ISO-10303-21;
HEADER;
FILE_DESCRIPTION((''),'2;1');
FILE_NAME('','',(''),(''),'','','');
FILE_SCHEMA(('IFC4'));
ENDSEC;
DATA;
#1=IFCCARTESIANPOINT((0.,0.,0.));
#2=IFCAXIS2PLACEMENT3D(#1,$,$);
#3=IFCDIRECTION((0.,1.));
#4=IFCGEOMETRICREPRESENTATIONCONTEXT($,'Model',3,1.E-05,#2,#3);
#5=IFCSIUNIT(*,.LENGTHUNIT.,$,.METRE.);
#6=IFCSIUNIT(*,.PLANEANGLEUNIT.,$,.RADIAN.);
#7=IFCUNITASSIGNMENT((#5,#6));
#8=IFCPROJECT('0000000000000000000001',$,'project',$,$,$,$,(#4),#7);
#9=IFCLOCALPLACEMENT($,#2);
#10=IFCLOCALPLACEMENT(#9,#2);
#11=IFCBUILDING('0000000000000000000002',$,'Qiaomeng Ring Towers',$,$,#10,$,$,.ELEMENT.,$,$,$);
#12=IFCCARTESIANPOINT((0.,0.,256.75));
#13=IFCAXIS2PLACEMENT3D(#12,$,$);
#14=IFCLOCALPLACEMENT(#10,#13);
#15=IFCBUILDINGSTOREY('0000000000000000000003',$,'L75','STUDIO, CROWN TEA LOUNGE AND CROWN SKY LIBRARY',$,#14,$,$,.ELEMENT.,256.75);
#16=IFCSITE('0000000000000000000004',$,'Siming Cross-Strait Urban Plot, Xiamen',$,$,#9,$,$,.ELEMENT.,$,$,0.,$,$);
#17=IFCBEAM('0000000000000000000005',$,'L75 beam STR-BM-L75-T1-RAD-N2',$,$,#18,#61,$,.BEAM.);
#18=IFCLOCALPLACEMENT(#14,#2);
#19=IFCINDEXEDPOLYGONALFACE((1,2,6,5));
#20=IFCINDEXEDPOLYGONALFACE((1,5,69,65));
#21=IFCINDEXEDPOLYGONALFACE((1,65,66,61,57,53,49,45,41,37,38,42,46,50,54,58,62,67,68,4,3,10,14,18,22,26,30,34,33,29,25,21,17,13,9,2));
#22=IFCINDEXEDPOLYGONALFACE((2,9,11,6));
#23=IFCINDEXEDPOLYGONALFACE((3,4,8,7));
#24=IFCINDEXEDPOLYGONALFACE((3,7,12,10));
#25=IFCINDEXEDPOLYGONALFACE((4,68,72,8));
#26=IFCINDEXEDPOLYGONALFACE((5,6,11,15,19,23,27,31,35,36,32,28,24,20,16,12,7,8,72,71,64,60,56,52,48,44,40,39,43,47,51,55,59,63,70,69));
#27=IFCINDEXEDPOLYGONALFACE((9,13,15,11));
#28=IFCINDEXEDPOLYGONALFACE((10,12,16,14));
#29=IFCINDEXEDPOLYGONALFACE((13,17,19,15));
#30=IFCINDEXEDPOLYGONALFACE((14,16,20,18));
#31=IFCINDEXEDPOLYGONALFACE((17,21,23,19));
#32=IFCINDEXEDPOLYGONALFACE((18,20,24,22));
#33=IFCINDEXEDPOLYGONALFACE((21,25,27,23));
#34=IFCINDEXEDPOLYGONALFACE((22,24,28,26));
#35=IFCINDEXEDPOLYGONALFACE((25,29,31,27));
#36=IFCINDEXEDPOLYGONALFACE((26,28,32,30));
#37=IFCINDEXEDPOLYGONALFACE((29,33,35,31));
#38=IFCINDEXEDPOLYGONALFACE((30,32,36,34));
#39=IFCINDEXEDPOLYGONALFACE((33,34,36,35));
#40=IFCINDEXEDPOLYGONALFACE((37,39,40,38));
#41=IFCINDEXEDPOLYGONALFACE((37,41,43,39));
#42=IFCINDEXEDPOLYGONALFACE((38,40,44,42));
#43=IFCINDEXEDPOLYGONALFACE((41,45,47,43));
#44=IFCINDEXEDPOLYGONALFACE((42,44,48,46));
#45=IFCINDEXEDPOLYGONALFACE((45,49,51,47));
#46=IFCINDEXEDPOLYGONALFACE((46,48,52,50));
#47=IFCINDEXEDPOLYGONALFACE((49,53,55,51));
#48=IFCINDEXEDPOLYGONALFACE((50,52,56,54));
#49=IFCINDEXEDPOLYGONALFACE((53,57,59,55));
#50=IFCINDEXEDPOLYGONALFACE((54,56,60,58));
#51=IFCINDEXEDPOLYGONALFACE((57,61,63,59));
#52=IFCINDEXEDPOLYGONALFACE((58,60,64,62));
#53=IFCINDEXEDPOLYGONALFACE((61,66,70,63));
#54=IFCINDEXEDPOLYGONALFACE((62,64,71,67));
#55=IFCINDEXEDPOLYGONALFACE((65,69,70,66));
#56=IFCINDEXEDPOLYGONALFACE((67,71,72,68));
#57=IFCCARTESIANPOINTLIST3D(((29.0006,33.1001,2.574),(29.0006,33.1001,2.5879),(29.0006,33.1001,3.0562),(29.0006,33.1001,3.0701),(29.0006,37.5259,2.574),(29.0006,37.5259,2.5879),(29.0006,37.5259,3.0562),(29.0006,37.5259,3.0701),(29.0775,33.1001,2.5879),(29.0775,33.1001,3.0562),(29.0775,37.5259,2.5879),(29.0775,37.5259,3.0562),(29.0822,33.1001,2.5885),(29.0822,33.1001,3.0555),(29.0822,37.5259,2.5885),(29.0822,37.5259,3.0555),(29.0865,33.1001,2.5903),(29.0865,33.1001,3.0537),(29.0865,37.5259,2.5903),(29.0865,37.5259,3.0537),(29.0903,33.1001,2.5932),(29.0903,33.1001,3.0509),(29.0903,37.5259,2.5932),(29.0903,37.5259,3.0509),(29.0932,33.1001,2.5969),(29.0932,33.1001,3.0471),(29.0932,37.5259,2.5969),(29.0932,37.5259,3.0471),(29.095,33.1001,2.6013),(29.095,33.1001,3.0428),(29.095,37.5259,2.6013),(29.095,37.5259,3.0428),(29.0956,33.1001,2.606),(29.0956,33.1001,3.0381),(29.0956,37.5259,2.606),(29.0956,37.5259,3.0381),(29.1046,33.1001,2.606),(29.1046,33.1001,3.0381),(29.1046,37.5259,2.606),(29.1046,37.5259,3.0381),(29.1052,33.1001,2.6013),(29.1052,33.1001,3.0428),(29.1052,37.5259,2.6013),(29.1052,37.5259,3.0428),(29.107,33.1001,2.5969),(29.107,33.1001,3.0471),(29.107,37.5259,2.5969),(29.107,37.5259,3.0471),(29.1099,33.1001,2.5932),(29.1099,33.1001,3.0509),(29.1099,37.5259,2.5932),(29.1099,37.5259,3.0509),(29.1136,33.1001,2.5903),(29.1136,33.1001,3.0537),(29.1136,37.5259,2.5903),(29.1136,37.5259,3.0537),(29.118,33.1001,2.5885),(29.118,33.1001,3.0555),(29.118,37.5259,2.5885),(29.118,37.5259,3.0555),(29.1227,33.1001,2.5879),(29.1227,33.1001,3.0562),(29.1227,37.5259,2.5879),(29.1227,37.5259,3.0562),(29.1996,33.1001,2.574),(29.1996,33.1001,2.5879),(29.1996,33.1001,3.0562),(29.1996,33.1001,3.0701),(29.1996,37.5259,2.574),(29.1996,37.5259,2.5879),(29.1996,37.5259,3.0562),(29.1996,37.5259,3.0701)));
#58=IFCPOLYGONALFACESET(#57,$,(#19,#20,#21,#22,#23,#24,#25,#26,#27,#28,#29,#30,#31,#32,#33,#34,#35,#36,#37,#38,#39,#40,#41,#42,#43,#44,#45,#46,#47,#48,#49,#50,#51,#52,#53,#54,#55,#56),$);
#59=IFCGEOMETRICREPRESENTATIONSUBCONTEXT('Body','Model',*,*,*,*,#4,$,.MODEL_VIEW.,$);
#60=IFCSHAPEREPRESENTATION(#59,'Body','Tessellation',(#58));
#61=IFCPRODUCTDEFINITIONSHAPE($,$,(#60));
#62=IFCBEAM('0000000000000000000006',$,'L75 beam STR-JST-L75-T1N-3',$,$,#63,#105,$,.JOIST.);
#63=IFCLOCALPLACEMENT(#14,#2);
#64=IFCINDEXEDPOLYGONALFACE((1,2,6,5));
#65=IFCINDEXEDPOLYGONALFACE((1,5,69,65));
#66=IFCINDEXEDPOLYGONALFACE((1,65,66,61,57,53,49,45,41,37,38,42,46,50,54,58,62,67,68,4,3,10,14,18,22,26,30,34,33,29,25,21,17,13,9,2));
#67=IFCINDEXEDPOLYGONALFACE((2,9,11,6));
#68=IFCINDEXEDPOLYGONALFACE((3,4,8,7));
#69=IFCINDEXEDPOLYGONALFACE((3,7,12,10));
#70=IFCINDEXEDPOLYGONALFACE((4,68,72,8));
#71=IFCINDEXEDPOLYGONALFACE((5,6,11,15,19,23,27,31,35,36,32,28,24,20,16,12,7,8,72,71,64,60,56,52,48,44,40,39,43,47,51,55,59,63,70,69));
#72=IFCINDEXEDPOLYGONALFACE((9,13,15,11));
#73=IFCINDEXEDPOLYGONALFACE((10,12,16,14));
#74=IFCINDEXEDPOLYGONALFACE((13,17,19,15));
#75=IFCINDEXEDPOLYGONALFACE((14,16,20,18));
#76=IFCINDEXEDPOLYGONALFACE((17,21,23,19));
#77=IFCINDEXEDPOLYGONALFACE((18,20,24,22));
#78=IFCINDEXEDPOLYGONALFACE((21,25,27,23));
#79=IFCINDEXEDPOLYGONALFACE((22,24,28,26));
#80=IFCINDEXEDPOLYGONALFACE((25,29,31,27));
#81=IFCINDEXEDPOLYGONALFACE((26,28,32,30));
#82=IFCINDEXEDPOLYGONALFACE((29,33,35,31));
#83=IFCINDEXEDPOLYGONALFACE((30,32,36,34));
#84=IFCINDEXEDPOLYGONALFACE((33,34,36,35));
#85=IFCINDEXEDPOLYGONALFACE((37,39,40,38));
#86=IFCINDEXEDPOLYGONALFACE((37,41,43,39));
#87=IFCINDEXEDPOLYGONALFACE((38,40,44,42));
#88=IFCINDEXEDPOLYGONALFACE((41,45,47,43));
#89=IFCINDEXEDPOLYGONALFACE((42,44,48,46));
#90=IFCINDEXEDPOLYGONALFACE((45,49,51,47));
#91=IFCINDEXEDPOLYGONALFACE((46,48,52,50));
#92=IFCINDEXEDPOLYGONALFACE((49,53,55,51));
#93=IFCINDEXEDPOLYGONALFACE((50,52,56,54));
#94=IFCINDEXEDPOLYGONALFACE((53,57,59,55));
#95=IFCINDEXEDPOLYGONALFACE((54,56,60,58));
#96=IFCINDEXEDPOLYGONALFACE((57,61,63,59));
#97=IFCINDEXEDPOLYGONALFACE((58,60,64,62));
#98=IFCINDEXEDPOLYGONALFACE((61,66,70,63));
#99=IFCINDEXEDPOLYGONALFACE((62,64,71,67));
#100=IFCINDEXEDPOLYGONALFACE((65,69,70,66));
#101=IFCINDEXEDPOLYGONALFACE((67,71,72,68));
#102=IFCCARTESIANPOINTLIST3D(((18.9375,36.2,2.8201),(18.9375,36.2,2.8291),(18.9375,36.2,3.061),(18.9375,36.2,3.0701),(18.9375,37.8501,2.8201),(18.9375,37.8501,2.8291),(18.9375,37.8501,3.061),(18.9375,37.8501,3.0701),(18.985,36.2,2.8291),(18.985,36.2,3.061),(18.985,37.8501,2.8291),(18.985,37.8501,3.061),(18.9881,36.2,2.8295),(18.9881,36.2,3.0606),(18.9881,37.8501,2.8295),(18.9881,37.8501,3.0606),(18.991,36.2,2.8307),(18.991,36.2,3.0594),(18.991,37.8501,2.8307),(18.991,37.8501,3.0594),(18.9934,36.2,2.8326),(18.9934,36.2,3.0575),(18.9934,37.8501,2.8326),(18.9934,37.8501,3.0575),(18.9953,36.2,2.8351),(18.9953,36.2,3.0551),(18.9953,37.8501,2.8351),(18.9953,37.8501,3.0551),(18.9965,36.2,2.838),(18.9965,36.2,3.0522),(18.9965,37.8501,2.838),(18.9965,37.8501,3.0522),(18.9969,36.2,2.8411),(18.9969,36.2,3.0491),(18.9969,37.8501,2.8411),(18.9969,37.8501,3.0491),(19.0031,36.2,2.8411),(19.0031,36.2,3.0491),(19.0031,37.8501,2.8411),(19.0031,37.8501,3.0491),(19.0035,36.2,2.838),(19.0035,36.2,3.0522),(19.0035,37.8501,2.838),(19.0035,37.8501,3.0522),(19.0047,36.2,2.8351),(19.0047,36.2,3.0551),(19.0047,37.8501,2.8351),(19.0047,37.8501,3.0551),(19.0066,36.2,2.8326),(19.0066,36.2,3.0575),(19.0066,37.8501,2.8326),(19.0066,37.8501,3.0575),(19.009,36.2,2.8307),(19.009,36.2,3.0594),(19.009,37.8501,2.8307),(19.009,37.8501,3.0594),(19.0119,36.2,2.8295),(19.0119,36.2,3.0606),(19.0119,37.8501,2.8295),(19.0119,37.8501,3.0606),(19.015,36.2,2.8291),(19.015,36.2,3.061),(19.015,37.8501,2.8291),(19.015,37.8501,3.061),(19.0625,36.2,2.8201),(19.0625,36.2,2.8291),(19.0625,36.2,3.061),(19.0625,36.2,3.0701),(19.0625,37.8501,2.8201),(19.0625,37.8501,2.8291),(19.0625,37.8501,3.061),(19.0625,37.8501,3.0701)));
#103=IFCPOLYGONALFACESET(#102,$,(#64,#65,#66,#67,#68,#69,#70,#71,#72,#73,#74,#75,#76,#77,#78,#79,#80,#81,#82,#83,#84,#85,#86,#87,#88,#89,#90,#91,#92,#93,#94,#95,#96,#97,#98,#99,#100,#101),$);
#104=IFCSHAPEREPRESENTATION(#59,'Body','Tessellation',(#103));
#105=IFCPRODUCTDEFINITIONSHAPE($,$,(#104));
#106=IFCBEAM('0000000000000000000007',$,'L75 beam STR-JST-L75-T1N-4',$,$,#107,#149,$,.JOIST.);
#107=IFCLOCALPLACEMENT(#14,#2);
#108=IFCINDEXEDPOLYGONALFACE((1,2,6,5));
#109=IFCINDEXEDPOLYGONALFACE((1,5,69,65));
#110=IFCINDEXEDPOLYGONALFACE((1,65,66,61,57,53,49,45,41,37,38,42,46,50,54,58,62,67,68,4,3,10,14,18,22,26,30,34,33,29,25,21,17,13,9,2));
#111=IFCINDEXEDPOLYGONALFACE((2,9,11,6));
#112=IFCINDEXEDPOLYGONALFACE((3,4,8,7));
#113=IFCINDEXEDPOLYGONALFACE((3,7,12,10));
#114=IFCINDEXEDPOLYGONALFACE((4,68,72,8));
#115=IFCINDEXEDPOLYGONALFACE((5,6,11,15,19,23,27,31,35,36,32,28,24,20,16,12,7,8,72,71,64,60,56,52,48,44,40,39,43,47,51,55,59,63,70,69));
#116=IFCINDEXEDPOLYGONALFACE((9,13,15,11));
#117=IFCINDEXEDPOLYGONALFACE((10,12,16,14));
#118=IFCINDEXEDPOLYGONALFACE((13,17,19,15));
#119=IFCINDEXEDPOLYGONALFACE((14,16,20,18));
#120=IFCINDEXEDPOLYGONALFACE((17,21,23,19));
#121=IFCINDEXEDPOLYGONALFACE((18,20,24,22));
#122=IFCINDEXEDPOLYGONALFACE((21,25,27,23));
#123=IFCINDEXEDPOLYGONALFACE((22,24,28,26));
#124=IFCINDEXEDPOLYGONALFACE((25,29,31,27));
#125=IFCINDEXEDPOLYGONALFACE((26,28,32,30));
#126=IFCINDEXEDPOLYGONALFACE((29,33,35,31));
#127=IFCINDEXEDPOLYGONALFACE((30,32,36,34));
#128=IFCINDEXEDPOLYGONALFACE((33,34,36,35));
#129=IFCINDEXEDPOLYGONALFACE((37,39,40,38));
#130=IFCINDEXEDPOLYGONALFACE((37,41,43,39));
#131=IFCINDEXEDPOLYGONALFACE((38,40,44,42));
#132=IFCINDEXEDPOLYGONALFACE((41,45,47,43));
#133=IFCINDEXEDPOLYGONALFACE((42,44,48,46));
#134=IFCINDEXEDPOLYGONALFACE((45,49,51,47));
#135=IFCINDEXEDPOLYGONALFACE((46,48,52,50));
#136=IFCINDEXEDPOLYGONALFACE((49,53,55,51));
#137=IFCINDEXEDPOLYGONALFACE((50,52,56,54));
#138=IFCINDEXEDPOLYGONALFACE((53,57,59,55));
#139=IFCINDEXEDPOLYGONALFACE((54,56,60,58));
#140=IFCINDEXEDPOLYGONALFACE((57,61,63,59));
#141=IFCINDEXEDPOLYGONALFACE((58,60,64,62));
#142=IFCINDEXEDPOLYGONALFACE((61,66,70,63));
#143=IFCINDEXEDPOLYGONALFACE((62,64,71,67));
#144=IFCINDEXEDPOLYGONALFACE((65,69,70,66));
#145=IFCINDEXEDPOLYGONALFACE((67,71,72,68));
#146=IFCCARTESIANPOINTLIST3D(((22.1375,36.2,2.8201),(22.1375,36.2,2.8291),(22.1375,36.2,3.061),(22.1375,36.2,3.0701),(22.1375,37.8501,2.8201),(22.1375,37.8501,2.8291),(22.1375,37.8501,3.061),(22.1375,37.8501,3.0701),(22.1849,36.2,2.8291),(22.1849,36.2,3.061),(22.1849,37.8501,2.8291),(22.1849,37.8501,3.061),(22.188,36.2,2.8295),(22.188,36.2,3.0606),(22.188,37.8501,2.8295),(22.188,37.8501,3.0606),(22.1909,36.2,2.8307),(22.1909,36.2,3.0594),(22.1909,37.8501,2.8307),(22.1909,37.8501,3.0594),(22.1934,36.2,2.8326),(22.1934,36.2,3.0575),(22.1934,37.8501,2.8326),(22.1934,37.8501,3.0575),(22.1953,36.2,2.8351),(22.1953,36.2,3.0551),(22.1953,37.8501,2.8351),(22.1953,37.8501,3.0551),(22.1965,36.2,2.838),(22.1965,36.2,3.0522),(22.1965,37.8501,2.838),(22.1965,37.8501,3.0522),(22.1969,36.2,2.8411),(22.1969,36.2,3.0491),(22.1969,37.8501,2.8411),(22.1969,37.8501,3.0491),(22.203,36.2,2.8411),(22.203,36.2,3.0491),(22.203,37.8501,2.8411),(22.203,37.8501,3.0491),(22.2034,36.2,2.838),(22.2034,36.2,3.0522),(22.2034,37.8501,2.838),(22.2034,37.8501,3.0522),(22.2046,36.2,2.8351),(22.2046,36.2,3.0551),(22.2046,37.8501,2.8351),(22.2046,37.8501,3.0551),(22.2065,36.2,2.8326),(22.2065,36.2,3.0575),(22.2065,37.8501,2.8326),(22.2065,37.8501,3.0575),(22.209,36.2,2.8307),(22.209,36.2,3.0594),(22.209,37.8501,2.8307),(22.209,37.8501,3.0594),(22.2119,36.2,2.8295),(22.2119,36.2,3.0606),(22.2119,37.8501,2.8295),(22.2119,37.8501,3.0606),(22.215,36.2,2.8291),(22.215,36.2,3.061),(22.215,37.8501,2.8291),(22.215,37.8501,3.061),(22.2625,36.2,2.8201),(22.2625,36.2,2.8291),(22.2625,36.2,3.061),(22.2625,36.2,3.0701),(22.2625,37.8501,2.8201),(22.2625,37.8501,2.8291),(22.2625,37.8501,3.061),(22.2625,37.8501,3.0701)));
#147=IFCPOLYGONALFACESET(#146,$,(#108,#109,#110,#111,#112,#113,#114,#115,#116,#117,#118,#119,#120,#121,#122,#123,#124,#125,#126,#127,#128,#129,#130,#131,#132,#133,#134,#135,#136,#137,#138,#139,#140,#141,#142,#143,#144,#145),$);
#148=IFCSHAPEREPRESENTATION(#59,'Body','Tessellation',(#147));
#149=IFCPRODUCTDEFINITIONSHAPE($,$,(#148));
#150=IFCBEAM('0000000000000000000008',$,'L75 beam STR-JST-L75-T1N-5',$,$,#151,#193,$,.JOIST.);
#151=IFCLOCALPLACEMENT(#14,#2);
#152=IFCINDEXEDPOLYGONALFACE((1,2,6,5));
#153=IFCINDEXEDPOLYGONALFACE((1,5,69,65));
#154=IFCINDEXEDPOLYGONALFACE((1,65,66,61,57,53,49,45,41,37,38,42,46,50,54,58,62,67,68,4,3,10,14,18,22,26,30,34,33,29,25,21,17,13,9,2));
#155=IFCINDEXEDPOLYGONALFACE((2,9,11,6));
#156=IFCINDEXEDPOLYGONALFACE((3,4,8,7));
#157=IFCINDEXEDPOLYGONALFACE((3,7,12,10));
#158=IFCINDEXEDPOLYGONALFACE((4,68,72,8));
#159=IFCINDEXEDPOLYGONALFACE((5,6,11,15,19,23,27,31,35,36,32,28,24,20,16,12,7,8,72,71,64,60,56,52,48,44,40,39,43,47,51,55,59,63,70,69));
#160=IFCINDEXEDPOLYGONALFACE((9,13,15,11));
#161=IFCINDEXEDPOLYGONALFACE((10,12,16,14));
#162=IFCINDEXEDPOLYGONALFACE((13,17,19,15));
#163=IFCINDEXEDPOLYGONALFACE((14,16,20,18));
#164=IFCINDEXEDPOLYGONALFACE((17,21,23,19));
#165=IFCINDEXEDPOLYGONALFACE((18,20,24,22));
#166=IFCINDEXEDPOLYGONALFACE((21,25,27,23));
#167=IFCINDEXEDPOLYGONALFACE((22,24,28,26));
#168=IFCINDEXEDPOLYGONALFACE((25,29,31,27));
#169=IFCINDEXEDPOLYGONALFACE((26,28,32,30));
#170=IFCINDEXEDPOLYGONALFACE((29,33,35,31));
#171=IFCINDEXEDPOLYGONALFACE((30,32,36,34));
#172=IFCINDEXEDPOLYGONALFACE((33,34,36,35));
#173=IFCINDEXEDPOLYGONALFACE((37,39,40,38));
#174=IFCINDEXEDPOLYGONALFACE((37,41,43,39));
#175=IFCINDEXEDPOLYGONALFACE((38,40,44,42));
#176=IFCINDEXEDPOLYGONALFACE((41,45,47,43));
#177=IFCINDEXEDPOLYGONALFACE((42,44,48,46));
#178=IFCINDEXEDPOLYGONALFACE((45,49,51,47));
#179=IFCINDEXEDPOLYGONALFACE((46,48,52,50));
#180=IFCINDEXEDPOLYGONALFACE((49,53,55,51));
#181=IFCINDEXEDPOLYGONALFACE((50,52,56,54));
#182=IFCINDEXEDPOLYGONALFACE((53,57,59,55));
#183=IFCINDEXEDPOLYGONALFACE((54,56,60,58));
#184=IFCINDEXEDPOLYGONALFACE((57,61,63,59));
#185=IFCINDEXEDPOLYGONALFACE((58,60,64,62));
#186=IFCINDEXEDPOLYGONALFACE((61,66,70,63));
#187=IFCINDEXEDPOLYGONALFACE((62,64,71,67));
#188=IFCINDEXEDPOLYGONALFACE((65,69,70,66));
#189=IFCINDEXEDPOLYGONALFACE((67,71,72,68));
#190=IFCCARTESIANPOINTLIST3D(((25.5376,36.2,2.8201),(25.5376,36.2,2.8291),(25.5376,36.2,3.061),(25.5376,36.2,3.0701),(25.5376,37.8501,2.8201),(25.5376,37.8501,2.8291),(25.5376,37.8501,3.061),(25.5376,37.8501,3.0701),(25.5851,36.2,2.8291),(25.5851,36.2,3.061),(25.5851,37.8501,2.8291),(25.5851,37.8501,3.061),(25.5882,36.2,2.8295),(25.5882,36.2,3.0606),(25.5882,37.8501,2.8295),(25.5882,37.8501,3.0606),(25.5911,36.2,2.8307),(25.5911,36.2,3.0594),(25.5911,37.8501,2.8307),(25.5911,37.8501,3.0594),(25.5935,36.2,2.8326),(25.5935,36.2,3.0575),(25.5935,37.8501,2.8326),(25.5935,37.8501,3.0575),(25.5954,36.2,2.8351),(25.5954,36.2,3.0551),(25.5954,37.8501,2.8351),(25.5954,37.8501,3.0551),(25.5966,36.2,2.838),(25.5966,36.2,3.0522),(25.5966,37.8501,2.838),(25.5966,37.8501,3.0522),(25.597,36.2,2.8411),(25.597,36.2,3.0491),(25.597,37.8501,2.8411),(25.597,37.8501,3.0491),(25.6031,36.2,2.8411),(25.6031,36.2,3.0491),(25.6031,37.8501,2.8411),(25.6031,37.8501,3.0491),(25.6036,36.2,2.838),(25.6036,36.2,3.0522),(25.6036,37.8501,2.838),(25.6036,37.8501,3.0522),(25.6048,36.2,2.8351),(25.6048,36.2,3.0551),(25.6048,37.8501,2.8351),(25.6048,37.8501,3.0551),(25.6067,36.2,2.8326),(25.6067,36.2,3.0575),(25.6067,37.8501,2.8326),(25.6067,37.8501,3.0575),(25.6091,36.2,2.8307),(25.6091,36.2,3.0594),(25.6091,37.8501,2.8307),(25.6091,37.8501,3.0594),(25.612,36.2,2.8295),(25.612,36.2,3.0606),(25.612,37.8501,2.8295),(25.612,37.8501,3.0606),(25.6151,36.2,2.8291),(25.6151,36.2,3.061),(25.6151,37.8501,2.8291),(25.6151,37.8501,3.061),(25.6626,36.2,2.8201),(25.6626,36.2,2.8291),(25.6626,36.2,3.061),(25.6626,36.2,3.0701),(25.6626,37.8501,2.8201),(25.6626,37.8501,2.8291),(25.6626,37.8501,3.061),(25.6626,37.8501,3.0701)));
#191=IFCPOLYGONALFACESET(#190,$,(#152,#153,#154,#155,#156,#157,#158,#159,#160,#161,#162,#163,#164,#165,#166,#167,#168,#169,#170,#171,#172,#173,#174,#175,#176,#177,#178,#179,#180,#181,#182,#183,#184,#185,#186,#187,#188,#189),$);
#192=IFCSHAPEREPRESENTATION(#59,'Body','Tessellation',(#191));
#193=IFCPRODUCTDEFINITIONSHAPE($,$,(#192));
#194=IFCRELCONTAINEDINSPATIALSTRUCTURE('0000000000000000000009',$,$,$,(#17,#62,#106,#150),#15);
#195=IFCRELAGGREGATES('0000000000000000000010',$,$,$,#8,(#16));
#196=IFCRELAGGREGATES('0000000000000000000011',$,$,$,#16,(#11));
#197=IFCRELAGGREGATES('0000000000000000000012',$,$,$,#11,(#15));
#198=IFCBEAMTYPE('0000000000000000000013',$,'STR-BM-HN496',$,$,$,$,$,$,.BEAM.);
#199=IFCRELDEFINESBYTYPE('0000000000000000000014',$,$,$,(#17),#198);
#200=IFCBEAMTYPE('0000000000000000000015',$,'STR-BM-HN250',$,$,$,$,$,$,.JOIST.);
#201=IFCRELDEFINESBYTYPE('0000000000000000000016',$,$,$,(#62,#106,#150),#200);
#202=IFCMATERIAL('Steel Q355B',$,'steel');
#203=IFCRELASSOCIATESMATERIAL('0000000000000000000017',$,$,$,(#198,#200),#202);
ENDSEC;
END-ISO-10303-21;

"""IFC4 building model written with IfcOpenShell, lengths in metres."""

from ifc_helpers import new_model, si_unit, direction, frame, origin, origin_2d, place, context, subcontext, project, spatial, i_section, extrude, source, transform, mapped, material, material_profile, profile_set, type_object, element, save


model = new_model("IFC4")

# Units and contexts
model_context = context("Model", 3, precision=1e-05, world=origin(), true_north=direction((0.0, 1.0)))
body_context = subcontext(model_context, "Body", "Model", "MODEL_VIEW")
ifc_project = project(units=[si_unit("LENGTHUNIT", "METRE"), si_unit("PLANEANGLEUNIT", "RADIAN")], contexts=[model_context])

# Site, building, storey
site_placement = place(None, origin())
site = spatial("IfcSite", under=ifc_project, at=site_placement, Name="Siming Cross-Strait Urban Plot, Xiamen", CompositionType="ELEMENT", RefElevation=0.0)
building_placement = place(site_placement, origin())
building = spatial("IfcBuilding", under=site, at=building_placement, Name="Qiaomeng Ring Towers", CompositionType="ELEMENT")
storey_placement = place(building_placement, frame((0.0, 0.0, 256.75)))
storey = spatial("IfcBuildingStorey", under=building, at=storey_placement, Name="L75", Description="STUDIO, CROWN TEA LOUNGE AND CROWN SKY LIBRARY", CompositionType="ELEMENT", Elevation=256.75)

# Beams
ifc_material_1 = material(Name="Steel Q355B", Category="steel")
ifc_material_profile_1 = material_profile(ifc_material_1, i_section(OverallWidth=0.199, OverallDepth=0.4961, WebThickness=0.009, FlangeThickness=0.0139, FilletRadius=0.0181, at=origin_2d()), Name="HN 496x199x9x14")
ifc_profile_set_1 = profile_set([ifc_material_profile_1], Name="Steel Q355B")
beam_type_1 = type_object("IfcBeamType", Name="STR-BM-HN496", PredefinedType="BEAM", material=ifc_profile_set_1)
shared_shape_1 = source(origin(), body_context, "Body", "SweptSolid", [
    extrude(i_section(OverallWidth=0.199, OverallDepth=0.4961, WebThickness=0.009, FlangeThickness=0.0139, FilletRadius=0.0181, at=origin_2d()), origin(), (0.0, 0.0, 1.0), 4.4258),
])
beam_1_placement = place(storey_placement, frame((29.1001, 37.5259, 2.822), z_axis=(0.0, -1.0, 0.0), x_axis=(1.0, 0.0, 0.0)))
element("IfcBeam", 1, at=beam_1_placement, inside=storey, type_object=beam_type_1, Name="L75 beam STR-BM-L75-T1-RAD-N2", PredefinedType="BEAM", context=body_context, shape_type="MappedRepresentation", body=[
    mapped(shared_shape_1, transform((0.0, 0.0, 0.0), x_axis=(1.0, 0.0, 0.0), y_axis=(0.0, 1.0, 0.0), z_axis=(0.0, 0.0, 1.0), scale=1.0)),
])
ifc_material_profile_2 = material_profile(ifc_material_1, i_section(OverallWidth=0.125, OverallDepth=0.25, WebThickness=0.0061, FlangeThickness=0.009, FilletRadius=0.012, at=origin_2d()), Name="HN 250x125x6x9")
ifc_profile_set_2 = profile_set([ifc_material_profile_2], Name="Steel Q355B")
beam_type_2 = type_object("IfcBeamType", Name="STR-BM-HN250", PredefinedType="JOIST", material=ifc_profile_set_2)
shared_shape_2 = source(origin(), body_context, "Body", "SweptSolid", [
    extrude(i_section(OverallWidth=0.125, OverallDepth=0.25, WebThickness=0.0061, FlangeThickness=0.009, FilletRadius=0.012, at=origin_2d()), origin(), (0.0, 0.0, 1.0), 1.6501),
])
for number, where, z_axis, x_axis, name in (
    (2, (19.0, 36.2, 2.9451), (0.0, 1.0, 0.0), (-1.0, 0.0, 0.0), "L75 beam STR-JST-L75-T1N-3"),
    (3, (22.2, 36.2, 2.9451), (0.0, 1.0, 0.0), (-1.0, 0.0, 0.0), "L75 beam STR-JST-L75-T1N-4"),
    (4, (25.6001, 36.2, 2.9451), (0.0, 1.0, 0.0), (-1.0, 0.0, 0.0), "L75 beam STR-JST-L75-T1N-5"),
):
    element("IfcBeam", number, at=place(storey_placement, frame(where, z_axis=z_axis, x_axis=x_axis)), inside=storey, type_object=beam_type_2, Name=name, PredefinedType="JOIST", context=body_context, shape_type="MappedRepresentation", body=[
        mapped(shared_shape_2, transform((0.0, 0.0, 0.0), x_axis=(1.0, 0.0, 0.0), y_axis=(0.0, 1.0, 0.0), z_axis=(0.0, 0.0, 1.0), scale=1.0)),
    ])

save(model, "model.ifc")
